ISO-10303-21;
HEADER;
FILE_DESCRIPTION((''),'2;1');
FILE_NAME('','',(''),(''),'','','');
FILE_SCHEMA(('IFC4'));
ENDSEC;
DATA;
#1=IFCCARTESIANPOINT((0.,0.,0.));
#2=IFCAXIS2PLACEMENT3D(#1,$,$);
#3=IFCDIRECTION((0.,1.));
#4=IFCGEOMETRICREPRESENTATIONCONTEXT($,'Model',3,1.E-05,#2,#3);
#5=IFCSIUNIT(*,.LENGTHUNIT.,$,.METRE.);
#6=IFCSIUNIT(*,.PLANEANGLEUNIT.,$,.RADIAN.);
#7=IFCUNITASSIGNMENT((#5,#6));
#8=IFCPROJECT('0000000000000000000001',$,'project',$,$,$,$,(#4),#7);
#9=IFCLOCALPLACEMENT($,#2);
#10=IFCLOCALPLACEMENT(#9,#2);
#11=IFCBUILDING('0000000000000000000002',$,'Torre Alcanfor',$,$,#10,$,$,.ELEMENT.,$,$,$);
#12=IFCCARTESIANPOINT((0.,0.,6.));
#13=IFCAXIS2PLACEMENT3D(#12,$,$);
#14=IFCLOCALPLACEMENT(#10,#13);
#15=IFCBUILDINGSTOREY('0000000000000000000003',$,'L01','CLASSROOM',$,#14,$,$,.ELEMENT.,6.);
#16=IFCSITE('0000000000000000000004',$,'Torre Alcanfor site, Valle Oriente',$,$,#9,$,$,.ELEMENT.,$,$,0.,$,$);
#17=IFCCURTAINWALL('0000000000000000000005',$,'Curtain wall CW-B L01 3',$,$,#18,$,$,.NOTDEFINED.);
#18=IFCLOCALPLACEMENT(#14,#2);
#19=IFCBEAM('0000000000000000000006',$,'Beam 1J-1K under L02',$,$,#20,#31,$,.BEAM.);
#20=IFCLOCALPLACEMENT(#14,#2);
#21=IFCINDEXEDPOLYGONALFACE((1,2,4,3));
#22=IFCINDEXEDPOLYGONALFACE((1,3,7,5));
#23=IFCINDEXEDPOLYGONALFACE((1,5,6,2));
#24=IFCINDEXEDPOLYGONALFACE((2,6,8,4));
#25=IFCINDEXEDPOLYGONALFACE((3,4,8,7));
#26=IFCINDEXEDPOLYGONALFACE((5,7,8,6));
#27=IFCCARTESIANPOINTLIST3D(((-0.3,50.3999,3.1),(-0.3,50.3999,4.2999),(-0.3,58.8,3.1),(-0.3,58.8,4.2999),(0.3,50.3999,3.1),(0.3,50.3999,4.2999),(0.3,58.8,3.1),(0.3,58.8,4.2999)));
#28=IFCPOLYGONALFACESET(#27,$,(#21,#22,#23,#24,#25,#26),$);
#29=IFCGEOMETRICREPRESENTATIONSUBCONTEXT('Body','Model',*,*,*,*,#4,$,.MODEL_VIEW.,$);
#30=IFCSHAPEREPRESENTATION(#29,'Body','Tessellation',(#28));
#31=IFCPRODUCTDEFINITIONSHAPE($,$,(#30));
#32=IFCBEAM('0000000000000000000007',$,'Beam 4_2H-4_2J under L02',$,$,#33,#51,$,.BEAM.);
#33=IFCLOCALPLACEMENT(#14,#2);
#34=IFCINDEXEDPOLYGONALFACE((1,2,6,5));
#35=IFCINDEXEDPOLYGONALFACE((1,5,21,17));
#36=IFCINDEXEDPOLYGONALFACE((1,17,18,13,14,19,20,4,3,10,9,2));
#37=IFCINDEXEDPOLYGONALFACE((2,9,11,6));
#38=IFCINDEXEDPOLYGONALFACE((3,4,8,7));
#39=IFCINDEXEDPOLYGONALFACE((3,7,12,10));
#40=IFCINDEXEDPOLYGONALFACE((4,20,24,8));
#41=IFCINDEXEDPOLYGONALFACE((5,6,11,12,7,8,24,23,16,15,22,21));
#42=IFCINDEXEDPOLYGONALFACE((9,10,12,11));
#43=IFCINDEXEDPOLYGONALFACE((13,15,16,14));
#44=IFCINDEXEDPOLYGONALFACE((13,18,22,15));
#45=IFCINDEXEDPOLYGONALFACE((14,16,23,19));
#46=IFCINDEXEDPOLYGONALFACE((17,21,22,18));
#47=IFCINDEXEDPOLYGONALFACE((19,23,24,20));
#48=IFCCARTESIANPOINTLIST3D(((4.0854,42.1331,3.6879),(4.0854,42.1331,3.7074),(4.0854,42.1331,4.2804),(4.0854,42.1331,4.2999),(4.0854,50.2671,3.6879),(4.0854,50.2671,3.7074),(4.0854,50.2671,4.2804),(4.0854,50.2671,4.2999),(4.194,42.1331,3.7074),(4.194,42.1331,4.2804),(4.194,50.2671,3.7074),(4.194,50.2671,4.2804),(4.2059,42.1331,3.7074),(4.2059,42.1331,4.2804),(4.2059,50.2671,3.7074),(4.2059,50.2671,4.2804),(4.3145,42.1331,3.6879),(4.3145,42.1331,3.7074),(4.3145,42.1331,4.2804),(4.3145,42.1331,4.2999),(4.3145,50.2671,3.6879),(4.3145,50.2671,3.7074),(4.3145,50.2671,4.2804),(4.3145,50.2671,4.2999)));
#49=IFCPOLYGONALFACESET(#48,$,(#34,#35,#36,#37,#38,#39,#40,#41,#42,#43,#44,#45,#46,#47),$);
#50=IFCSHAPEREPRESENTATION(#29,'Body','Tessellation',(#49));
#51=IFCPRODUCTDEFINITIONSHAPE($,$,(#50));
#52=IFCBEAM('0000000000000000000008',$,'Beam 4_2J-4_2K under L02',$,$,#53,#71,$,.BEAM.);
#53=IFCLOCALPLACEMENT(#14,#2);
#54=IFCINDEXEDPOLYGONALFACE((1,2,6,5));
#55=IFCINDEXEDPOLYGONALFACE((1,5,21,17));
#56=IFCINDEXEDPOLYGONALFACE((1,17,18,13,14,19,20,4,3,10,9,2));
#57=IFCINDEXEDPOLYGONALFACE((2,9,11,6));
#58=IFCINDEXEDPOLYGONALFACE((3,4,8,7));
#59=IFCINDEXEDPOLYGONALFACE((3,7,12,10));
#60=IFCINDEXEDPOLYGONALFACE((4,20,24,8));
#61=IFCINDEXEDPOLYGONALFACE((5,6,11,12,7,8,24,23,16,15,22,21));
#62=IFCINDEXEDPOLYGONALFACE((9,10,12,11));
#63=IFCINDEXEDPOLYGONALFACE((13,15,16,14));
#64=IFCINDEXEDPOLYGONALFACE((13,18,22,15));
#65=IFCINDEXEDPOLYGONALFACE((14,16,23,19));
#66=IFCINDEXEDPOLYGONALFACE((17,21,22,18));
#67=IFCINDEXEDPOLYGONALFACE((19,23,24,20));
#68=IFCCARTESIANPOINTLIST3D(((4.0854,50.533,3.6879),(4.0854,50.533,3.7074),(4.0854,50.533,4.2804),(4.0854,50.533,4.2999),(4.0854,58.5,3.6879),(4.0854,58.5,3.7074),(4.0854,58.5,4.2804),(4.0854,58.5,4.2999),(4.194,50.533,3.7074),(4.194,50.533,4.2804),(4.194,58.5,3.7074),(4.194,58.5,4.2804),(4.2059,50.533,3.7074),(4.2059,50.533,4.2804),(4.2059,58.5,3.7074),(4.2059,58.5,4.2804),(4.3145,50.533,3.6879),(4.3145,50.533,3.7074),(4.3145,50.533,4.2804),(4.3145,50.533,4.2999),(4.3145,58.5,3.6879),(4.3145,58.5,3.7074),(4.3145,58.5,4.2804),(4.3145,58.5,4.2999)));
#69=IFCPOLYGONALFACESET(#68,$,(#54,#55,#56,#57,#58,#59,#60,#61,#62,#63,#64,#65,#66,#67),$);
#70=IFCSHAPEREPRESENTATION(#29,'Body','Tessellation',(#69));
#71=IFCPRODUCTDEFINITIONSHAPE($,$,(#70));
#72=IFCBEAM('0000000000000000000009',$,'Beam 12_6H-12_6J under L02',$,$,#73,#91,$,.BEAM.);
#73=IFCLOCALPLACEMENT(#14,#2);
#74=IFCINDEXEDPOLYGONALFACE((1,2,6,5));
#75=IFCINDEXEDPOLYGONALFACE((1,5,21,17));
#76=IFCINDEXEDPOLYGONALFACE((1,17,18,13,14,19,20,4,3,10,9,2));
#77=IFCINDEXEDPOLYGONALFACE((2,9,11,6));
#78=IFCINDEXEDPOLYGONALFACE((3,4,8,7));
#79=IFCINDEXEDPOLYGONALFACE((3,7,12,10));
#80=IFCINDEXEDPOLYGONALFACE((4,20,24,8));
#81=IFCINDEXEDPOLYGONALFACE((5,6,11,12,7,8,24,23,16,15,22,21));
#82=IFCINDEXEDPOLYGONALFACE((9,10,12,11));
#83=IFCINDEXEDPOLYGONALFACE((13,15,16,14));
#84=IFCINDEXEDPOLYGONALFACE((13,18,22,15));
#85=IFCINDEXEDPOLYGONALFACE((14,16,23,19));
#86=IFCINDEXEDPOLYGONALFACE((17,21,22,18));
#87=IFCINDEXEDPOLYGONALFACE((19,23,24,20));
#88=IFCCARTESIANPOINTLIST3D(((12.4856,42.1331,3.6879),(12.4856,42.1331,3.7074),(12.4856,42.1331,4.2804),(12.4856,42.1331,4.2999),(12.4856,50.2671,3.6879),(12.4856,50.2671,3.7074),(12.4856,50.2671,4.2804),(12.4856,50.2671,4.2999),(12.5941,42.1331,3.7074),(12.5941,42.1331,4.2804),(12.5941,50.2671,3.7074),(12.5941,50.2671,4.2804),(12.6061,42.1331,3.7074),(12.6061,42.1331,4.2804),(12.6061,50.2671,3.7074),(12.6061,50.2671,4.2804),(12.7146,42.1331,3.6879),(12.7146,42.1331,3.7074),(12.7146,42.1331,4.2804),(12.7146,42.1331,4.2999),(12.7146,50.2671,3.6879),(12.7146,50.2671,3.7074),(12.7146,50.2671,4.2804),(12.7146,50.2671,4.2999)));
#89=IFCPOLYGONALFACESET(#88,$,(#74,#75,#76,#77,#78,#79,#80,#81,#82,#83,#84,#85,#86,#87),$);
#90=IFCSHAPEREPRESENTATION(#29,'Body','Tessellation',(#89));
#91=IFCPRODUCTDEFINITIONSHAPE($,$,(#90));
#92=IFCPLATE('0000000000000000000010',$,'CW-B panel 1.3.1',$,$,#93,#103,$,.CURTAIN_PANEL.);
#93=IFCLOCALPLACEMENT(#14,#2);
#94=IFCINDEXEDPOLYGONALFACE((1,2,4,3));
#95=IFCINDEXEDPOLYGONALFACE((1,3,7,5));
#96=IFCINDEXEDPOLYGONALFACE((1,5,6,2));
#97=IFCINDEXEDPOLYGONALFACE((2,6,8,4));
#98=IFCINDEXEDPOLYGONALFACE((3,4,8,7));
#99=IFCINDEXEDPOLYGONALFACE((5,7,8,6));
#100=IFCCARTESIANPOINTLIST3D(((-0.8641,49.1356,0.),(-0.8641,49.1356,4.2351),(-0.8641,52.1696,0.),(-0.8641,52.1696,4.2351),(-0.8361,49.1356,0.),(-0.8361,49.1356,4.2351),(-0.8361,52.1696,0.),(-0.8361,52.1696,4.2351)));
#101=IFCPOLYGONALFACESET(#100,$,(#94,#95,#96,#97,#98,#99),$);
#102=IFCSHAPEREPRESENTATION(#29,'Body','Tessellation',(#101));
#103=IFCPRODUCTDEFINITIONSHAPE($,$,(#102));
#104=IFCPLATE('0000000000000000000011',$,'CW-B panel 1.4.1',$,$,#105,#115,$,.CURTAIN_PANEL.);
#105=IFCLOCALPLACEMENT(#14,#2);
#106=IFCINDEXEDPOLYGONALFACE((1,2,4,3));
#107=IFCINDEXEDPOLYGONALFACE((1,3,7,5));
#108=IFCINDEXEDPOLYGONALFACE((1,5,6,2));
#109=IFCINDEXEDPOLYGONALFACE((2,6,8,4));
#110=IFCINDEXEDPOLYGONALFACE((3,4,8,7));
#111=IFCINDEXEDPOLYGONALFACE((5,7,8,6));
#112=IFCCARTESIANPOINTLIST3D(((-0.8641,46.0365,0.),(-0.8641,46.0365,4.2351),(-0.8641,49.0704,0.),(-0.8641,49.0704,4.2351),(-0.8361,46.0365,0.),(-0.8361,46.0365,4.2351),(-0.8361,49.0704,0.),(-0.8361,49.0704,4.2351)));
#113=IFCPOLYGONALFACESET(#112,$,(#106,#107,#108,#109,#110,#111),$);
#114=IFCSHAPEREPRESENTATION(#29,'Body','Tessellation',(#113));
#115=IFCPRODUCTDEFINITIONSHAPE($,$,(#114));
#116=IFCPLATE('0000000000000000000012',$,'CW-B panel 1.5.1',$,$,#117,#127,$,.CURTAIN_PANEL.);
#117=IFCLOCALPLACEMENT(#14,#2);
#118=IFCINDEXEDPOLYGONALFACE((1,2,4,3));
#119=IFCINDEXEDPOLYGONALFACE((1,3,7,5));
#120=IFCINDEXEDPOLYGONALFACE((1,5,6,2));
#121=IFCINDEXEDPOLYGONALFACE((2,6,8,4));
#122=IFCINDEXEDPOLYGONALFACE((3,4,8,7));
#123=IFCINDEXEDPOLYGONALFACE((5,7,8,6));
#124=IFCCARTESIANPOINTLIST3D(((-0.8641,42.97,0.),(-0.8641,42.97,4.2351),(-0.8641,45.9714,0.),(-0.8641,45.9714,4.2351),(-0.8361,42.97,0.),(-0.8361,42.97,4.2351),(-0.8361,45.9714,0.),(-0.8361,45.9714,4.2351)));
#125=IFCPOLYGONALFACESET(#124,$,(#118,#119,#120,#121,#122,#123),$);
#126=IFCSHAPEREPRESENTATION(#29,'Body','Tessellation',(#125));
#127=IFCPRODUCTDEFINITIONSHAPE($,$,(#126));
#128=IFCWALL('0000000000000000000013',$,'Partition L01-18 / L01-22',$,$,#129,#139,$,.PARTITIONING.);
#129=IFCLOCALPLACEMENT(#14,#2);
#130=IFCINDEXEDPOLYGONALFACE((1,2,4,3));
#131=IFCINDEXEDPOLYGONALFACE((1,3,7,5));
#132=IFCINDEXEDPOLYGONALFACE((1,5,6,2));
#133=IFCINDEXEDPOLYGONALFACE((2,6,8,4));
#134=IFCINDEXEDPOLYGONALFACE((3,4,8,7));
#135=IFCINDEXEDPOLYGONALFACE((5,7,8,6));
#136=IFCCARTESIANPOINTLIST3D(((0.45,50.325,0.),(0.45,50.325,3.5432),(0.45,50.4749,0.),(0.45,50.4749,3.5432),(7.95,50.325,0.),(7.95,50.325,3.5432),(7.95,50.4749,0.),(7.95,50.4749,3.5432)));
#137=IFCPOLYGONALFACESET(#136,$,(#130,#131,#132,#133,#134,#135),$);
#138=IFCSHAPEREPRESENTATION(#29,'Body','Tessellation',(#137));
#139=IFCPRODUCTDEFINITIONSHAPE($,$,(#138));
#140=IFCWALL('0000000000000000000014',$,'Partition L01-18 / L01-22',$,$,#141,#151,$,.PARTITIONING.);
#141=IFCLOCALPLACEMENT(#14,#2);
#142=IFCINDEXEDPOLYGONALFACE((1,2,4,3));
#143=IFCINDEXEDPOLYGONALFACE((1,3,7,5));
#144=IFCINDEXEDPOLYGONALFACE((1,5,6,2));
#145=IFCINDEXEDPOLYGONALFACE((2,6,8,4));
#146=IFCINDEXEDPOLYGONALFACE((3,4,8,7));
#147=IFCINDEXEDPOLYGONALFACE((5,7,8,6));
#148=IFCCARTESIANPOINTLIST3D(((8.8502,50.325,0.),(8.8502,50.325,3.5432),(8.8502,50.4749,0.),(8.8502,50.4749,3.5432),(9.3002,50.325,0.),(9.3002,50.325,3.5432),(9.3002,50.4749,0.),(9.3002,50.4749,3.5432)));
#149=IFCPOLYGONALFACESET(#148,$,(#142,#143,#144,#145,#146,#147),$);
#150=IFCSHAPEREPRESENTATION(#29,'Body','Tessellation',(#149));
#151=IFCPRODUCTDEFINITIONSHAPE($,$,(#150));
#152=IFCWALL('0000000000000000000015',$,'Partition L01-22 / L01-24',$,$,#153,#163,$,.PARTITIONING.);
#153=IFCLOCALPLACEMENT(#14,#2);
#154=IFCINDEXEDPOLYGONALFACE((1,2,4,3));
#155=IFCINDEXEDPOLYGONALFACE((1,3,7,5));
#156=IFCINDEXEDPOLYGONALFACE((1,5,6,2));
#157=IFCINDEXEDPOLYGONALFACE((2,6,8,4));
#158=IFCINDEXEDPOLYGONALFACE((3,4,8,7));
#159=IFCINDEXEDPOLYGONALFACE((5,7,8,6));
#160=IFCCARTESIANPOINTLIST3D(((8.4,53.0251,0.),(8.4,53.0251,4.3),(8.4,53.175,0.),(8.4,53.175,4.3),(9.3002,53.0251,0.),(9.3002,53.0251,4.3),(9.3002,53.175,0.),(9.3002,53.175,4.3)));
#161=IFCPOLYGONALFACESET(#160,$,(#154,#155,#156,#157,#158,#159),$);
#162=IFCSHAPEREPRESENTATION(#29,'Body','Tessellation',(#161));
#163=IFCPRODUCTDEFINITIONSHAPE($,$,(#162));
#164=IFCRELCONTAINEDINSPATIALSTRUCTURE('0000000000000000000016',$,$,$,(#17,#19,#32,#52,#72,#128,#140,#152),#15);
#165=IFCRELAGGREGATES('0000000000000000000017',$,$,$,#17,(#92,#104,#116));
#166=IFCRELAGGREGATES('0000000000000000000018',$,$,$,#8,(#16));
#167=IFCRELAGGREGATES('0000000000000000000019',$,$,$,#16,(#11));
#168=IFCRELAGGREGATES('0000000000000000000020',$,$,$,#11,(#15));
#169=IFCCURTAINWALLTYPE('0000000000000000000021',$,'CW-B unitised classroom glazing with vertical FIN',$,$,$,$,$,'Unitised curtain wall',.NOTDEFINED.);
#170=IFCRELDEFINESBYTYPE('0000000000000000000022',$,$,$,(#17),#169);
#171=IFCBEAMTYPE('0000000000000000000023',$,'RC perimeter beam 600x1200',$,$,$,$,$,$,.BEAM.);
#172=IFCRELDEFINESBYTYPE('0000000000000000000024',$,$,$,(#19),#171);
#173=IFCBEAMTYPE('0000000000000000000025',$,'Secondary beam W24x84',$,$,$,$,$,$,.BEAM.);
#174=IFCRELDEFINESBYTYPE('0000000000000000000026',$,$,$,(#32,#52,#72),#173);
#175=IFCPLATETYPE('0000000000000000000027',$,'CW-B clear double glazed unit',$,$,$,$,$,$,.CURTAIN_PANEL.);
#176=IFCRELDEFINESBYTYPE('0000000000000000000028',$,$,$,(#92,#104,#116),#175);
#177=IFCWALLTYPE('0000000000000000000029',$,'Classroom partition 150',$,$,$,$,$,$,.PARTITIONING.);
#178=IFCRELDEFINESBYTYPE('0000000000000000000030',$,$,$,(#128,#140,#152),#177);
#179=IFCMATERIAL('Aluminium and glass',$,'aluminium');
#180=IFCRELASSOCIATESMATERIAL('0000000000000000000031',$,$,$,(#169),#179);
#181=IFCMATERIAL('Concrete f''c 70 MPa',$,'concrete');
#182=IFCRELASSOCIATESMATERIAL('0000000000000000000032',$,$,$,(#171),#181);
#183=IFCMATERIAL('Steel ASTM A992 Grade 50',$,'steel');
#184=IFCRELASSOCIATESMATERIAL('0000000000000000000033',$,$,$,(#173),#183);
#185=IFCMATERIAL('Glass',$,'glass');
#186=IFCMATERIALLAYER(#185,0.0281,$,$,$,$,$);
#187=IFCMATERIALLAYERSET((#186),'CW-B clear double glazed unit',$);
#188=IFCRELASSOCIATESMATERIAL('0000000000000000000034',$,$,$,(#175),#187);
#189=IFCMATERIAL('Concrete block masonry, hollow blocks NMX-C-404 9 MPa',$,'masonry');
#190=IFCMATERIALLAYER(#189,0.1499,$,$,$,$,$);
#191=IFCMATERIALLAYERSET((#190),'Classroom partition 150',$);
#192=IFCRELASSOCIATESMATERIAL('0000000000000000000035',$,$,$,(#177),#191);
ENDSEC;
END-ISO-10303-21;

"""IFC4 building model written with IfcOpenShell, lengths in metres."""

from ifc_helpers import new_model, si_unit, direction, frame, frame_2d, origin, origin_2d, place, context, subcontext, project, spatial, rectangle, i_section, extrude, material, layer, layer_set, material_profile, profile_set, type_object, element, aggregate, save


model = new_model("IFC4")

# Units and contexts
model_context = context("Model", 3, precision=1e-05, world=origin(), true_north=direction((0.0, 1.0)))
body_context = subcontext(model_context, "Body", "Model", "MODEL_VIEW")
ifc_project = project(units=[si_unit("LENGTHUNIT", "METRE"), si_unit("PLANEANGLEUNIT", "RADIAN")], contexts=[model_context])

# Site, building, storey
site_placement = place(None, origin())
site = spatial("IfcSite", under=ifc_project, at=site_placement, Name="Torre Alcanfor site, Valle Oriente", CompositionType="ELEMENT", RefElevation=0.0)
building_placement = place(site_placement, origin())
building = spatial("IfcBuilding", under=site, at=building_placement, Name="Torre Alcanfor", CompositionType="ELEMENT")
storey_placement = place(building_placement, frame((0.0, 0.0, 6.0)))
storey = spatial("IfcBuildingStorey", under=building, at=storey_placement, Name="L01", Description="CLASSROOM", CompositionType="ELEMENT", Elevation=6.0)

# Curtain wall
ifc_material_1 = material(Name="Aluminium and glass", Category="aluminium")
curtain_wall_type = type_object("IfcCurtainWallType", Name="CW-B unitised classroom glazing with vertical FIN", ElementType="Unitised curtain wall", PredefinedType="NOTDEFINED", material=ifc_material_1)
curtain_wall_placement = place(storey_placement, origin())
curtain_wall = element("IfcCurtainWall", 1, at=curtain_wall_placement, inside=storey, type_object=curtain_wall_type, Name="Curtain wall CW-B L01 3", PredefinedType="NOTDEFINED")

# Beams
ifc_material_2 = material(Name="Concrete f'c 70 MPa", Category="concrete")
ifc_material_profile_1 = material_profile(ifc_material_2, rectangle(XDim=0.6001, YDim=1.2, at=origin_2d()), Name="600x1200")
ifc_profile_set_1 = profile_set([ifc_material_profile_1], Name="Concrete f'c 70 MPa")
beam_type_1 = type_object("IfcBeamType", Name="RC perimeter beam 600x1200", PredefinedType="BEAM", material=ifc_profile_set_1)
beam_1_placement = place(storey_placement, frame((0.0, 50.3999, 3.7), z_axis=(0.0, 1.0, 0.0), x_axis=(-1.0, 0.0, 0.0)))
element("IfcBeam", 2, at=beam_1_placement, inside=storey, type_object=beam_type_1, Name="Beam 1J-1K under L02", PredefinedType="BEAM", context=body_context, shape_type="SweptSolid", body=[
    extrude(rectangle(XDim=0.6001, YDim=1.2, at=origin_2d()), origin(), (0.0, 0.0, 1.0), 8.4001),
])
ifc_material_3 = material(Name="Steel ASTM A992 Grade 50", Category="steel")
ifc_material_profile_2 = material_profile(ifc_material_3, i_section(OverallWidth=0.229, OverallDepth=0.6121, WebThickness=0.012, FlangeThickness=0.0195, at=origin_2d()), Name="W24x84")
ifc_profile_set_2 = profile_set([ifc_material_profile_2], Name="Steel ASTM A992 Grade 50")
beam_type_2 = type_object("IfcBeamType", Name="Secondary beam W24x84", PredefinedType="BEAM", material=ifc_profile_set_2)
beam_2_placement = place(storey_placement, frame((4.2, 42.1331, 3.9939), z_axis=(0.0, 1.0, 0.0), x_axis=(-1.0, 0.0, 0.0)))
element("IfcBeam", 3, at=beam_2_placement, inside=storey, type_object=beam_type_2, Name="Beam 4_2H-4_2J under L02", PredefinedType="BEAM", context=body_context, shape_type="SweptSolid", body=[
    extrude(i_section(OverallWidth=0.229, OverallDepth=0.6121, WebThickness=0.012, FlangeThickness=0.0195, at=origin_2d()), origin(), (0.0, 0.0, 1.0), 8.134),
])
beam_3_placement = place(storey_placement, frame((4.2, 50.533, 3.9939), z_axis=(0.0, 1.0, 0.0), x_axis=(-1.0, 0.0, 0.0)))
element("IfcBeam", 4, at=beam_3_placement, inside=storey, type_object=beam_type_2, Name="Beam 4_2J-4_2K under L02", PredefinedType="BEAM", context=body_context, shape_type="SweptSolid", body=[
    extrude(i_section(OverallWidth=0.229, OverallDepth=0.6121, WebThickness=0.012, FlangeThickness=0.0195, at=origin_2d()), origin(), (0.0, 0.0, 1.0), 7.967),
])
beam_4_placement = place(storey_placement, frame((12.6001, 42.1331, 3.9939), z_axis=(0.0, 1.0, 0.0), x_axis=(-1.0, 0.0, 0.0)))
element("IfcBeam", 5, at=beam_4_placement, inside=storey, type_object=beam_type_2, Name="Beam 12_6H-12_6J under L02", PredefinedType="BEAM", context=body_context, shape_type="SweptSolid", body=[
    extrude(i_section(OverallWidth=0.229, OverallDepth=0.6121, WebThickness=0.012, FlangeThickness=0.0195, at=origin_2d()), origin(), (0.0, 0.0, 1.0), 8.134),
])

# Plates
ifc_material_4 = material(Name="Glass", Category="glass")
ifc_layer_1 = layer(ifc_material_4, 0.0281)
ifc_layer_set_1 = layer_set([ifc_layer_1], Name="CW-B clear double glazed unit")
plate_type = type_object("IfcPlateType", Name="CW-B clear double glazed unit", PredefinedType="CURTAIN_PANEL", material=ifc_layer_set_1)
plate_1_placement = place(storey_placement, frame((-0.8501, 50.6526, 0.0), z_axis=(0.0, 0.0, 1.0), x_axis=(0.0, -1.0, 0.0)))
plate_1 = element("IfcPlate", 6, at=plate_1_placement, type_object=plate_type, Name="CW-B panel 1.3.1", PredefinedType="CURTAIN_PANEL", context=body_context, shape_type="SweptSolid", body=[
    extrude(rectangle(XDim=3.0339, YDim=0.0281, at=origin_2d()), origin(), (0.0, 0.0, 1.0), 4.2351),
])
plate_2_placement = place(storey_placement, frame((-0.8501, 47.5535, 0.0), z_axis=(0.0, 0.0, 1.0), x_axis=(0.0, -1.0, 0.0)))
plate_2 = element("IfcPlate", 7, at=plate_2_placement, type_object=plate_type, Name="CW-B panel 1.4.1", PredefinedType="CURTAIN_PANEL", context=body_context, shape_type="SweptSolid", body=[
    extrude(rectangle(XDim=3.0339, YDim=0.0281, at=origin_2d()), origin(), (0.0, 0.0, 1.0), 4.2351),
])
plate_3_placement = place(storey_placement, frame((-0.8501, 44.4707, 0.0), z_axis=(0.0, 0.0, 1.0), x_axis=(0.0, -1.0, 0.0)))
plate_3 = element("IfcPlate", 8, at=plate_3_placement, type_object=plate_type, Name="CW-B panel 1.5.1", PredefinedType="CURTAIN_PANEL", context=body_context, shape_type="SweptSolid", body=[
    extrude(rectangle(XDim=3.0015, YDim=0.0281, at=origin_2d()), origin(), (0.0, 0.0, 1.0), 4.2351),
])
aggregate(curtain_wall, [plate_1, plate_2, plate_3])

# Walls
ifc_material_5 = material(Name="Concrete block masonry, hollow blocks NMX-C-404 9 MPa", Category="masonry")
ifc_layer_2 = layer(ifc_material_5, 0.1499)
ifc_layer_set_2 = layer_set([ifc_layer_2], Name="Classroom partition 150")
wall_type_1 = type_object("IfcWallType", Name="Classroom partition 150", PredefinedType="PARTITIONING", material=ifc_layer_set_2)
wall_1_placement = place(storey_placement, frame((0.45, 50.3999, 0.0), z_axis=(0.0, 0.0, 1.0), x_axis=(1.0, 0.0, 0.0)))
element("IfcWall", 9, at=wall_1_placement, inside=storey, type_object=wall_type_1, Name="Partition L01-18 / L01-22", PredefinedType="PARTITIONING", context=body_context, shape_type="SweptSolid", body=[
    extrude(rectangle(XDim=7.5, YDim=0.1499, at=frame_2d((3.75, 0.0))), origin(), (0.0, 0.0, 1.0), 3.5432),
])
wall_2_placement = place(storey_placement, frame((8.8501, 50.3999, 0.0), z_axis=(0.0, 0.0, 1.0), x_axis=(1.0, 0.0, 0.0)))
element("IfcWall", 10, at=wall_2_placement, inside=storey, type_object=wall_type_1, Name="Partition L01-18 / L01-22", PredefinedType="PARTITIONING", context=body_context, shape_type="SweptSolid", body=[
    extrude(rectangle(XDim=0.45, YDim=0.1499, at=frame_2d((0.2251, 0.0))), origin(), (0.0, 0.0, 1.0), 3.5432),
])
wall_3_placement = place(storey_placement, frame((8.3999, 53.1001, 0.0), z_axis=(0.0, 0.0, 1.0), x_axis=(1.0, 0.0, 0.0)))
element("IfcWall", 11, at=wall_3_placement, inside=storey, type_object=wall_type_1, Name="Partition L01-22 / L01-24", PredefinedType="PARTITIONING", context=body_context, shape_type="SweptSolid", body=[
    extrude(rectangle(XDim=0.9001, YDim=0.1499, at=frame_2d((0.4502, 0.0))), origin(), (0.0, 0.0, 1.0), 4.3),
])

save(model, "model.ifc")
